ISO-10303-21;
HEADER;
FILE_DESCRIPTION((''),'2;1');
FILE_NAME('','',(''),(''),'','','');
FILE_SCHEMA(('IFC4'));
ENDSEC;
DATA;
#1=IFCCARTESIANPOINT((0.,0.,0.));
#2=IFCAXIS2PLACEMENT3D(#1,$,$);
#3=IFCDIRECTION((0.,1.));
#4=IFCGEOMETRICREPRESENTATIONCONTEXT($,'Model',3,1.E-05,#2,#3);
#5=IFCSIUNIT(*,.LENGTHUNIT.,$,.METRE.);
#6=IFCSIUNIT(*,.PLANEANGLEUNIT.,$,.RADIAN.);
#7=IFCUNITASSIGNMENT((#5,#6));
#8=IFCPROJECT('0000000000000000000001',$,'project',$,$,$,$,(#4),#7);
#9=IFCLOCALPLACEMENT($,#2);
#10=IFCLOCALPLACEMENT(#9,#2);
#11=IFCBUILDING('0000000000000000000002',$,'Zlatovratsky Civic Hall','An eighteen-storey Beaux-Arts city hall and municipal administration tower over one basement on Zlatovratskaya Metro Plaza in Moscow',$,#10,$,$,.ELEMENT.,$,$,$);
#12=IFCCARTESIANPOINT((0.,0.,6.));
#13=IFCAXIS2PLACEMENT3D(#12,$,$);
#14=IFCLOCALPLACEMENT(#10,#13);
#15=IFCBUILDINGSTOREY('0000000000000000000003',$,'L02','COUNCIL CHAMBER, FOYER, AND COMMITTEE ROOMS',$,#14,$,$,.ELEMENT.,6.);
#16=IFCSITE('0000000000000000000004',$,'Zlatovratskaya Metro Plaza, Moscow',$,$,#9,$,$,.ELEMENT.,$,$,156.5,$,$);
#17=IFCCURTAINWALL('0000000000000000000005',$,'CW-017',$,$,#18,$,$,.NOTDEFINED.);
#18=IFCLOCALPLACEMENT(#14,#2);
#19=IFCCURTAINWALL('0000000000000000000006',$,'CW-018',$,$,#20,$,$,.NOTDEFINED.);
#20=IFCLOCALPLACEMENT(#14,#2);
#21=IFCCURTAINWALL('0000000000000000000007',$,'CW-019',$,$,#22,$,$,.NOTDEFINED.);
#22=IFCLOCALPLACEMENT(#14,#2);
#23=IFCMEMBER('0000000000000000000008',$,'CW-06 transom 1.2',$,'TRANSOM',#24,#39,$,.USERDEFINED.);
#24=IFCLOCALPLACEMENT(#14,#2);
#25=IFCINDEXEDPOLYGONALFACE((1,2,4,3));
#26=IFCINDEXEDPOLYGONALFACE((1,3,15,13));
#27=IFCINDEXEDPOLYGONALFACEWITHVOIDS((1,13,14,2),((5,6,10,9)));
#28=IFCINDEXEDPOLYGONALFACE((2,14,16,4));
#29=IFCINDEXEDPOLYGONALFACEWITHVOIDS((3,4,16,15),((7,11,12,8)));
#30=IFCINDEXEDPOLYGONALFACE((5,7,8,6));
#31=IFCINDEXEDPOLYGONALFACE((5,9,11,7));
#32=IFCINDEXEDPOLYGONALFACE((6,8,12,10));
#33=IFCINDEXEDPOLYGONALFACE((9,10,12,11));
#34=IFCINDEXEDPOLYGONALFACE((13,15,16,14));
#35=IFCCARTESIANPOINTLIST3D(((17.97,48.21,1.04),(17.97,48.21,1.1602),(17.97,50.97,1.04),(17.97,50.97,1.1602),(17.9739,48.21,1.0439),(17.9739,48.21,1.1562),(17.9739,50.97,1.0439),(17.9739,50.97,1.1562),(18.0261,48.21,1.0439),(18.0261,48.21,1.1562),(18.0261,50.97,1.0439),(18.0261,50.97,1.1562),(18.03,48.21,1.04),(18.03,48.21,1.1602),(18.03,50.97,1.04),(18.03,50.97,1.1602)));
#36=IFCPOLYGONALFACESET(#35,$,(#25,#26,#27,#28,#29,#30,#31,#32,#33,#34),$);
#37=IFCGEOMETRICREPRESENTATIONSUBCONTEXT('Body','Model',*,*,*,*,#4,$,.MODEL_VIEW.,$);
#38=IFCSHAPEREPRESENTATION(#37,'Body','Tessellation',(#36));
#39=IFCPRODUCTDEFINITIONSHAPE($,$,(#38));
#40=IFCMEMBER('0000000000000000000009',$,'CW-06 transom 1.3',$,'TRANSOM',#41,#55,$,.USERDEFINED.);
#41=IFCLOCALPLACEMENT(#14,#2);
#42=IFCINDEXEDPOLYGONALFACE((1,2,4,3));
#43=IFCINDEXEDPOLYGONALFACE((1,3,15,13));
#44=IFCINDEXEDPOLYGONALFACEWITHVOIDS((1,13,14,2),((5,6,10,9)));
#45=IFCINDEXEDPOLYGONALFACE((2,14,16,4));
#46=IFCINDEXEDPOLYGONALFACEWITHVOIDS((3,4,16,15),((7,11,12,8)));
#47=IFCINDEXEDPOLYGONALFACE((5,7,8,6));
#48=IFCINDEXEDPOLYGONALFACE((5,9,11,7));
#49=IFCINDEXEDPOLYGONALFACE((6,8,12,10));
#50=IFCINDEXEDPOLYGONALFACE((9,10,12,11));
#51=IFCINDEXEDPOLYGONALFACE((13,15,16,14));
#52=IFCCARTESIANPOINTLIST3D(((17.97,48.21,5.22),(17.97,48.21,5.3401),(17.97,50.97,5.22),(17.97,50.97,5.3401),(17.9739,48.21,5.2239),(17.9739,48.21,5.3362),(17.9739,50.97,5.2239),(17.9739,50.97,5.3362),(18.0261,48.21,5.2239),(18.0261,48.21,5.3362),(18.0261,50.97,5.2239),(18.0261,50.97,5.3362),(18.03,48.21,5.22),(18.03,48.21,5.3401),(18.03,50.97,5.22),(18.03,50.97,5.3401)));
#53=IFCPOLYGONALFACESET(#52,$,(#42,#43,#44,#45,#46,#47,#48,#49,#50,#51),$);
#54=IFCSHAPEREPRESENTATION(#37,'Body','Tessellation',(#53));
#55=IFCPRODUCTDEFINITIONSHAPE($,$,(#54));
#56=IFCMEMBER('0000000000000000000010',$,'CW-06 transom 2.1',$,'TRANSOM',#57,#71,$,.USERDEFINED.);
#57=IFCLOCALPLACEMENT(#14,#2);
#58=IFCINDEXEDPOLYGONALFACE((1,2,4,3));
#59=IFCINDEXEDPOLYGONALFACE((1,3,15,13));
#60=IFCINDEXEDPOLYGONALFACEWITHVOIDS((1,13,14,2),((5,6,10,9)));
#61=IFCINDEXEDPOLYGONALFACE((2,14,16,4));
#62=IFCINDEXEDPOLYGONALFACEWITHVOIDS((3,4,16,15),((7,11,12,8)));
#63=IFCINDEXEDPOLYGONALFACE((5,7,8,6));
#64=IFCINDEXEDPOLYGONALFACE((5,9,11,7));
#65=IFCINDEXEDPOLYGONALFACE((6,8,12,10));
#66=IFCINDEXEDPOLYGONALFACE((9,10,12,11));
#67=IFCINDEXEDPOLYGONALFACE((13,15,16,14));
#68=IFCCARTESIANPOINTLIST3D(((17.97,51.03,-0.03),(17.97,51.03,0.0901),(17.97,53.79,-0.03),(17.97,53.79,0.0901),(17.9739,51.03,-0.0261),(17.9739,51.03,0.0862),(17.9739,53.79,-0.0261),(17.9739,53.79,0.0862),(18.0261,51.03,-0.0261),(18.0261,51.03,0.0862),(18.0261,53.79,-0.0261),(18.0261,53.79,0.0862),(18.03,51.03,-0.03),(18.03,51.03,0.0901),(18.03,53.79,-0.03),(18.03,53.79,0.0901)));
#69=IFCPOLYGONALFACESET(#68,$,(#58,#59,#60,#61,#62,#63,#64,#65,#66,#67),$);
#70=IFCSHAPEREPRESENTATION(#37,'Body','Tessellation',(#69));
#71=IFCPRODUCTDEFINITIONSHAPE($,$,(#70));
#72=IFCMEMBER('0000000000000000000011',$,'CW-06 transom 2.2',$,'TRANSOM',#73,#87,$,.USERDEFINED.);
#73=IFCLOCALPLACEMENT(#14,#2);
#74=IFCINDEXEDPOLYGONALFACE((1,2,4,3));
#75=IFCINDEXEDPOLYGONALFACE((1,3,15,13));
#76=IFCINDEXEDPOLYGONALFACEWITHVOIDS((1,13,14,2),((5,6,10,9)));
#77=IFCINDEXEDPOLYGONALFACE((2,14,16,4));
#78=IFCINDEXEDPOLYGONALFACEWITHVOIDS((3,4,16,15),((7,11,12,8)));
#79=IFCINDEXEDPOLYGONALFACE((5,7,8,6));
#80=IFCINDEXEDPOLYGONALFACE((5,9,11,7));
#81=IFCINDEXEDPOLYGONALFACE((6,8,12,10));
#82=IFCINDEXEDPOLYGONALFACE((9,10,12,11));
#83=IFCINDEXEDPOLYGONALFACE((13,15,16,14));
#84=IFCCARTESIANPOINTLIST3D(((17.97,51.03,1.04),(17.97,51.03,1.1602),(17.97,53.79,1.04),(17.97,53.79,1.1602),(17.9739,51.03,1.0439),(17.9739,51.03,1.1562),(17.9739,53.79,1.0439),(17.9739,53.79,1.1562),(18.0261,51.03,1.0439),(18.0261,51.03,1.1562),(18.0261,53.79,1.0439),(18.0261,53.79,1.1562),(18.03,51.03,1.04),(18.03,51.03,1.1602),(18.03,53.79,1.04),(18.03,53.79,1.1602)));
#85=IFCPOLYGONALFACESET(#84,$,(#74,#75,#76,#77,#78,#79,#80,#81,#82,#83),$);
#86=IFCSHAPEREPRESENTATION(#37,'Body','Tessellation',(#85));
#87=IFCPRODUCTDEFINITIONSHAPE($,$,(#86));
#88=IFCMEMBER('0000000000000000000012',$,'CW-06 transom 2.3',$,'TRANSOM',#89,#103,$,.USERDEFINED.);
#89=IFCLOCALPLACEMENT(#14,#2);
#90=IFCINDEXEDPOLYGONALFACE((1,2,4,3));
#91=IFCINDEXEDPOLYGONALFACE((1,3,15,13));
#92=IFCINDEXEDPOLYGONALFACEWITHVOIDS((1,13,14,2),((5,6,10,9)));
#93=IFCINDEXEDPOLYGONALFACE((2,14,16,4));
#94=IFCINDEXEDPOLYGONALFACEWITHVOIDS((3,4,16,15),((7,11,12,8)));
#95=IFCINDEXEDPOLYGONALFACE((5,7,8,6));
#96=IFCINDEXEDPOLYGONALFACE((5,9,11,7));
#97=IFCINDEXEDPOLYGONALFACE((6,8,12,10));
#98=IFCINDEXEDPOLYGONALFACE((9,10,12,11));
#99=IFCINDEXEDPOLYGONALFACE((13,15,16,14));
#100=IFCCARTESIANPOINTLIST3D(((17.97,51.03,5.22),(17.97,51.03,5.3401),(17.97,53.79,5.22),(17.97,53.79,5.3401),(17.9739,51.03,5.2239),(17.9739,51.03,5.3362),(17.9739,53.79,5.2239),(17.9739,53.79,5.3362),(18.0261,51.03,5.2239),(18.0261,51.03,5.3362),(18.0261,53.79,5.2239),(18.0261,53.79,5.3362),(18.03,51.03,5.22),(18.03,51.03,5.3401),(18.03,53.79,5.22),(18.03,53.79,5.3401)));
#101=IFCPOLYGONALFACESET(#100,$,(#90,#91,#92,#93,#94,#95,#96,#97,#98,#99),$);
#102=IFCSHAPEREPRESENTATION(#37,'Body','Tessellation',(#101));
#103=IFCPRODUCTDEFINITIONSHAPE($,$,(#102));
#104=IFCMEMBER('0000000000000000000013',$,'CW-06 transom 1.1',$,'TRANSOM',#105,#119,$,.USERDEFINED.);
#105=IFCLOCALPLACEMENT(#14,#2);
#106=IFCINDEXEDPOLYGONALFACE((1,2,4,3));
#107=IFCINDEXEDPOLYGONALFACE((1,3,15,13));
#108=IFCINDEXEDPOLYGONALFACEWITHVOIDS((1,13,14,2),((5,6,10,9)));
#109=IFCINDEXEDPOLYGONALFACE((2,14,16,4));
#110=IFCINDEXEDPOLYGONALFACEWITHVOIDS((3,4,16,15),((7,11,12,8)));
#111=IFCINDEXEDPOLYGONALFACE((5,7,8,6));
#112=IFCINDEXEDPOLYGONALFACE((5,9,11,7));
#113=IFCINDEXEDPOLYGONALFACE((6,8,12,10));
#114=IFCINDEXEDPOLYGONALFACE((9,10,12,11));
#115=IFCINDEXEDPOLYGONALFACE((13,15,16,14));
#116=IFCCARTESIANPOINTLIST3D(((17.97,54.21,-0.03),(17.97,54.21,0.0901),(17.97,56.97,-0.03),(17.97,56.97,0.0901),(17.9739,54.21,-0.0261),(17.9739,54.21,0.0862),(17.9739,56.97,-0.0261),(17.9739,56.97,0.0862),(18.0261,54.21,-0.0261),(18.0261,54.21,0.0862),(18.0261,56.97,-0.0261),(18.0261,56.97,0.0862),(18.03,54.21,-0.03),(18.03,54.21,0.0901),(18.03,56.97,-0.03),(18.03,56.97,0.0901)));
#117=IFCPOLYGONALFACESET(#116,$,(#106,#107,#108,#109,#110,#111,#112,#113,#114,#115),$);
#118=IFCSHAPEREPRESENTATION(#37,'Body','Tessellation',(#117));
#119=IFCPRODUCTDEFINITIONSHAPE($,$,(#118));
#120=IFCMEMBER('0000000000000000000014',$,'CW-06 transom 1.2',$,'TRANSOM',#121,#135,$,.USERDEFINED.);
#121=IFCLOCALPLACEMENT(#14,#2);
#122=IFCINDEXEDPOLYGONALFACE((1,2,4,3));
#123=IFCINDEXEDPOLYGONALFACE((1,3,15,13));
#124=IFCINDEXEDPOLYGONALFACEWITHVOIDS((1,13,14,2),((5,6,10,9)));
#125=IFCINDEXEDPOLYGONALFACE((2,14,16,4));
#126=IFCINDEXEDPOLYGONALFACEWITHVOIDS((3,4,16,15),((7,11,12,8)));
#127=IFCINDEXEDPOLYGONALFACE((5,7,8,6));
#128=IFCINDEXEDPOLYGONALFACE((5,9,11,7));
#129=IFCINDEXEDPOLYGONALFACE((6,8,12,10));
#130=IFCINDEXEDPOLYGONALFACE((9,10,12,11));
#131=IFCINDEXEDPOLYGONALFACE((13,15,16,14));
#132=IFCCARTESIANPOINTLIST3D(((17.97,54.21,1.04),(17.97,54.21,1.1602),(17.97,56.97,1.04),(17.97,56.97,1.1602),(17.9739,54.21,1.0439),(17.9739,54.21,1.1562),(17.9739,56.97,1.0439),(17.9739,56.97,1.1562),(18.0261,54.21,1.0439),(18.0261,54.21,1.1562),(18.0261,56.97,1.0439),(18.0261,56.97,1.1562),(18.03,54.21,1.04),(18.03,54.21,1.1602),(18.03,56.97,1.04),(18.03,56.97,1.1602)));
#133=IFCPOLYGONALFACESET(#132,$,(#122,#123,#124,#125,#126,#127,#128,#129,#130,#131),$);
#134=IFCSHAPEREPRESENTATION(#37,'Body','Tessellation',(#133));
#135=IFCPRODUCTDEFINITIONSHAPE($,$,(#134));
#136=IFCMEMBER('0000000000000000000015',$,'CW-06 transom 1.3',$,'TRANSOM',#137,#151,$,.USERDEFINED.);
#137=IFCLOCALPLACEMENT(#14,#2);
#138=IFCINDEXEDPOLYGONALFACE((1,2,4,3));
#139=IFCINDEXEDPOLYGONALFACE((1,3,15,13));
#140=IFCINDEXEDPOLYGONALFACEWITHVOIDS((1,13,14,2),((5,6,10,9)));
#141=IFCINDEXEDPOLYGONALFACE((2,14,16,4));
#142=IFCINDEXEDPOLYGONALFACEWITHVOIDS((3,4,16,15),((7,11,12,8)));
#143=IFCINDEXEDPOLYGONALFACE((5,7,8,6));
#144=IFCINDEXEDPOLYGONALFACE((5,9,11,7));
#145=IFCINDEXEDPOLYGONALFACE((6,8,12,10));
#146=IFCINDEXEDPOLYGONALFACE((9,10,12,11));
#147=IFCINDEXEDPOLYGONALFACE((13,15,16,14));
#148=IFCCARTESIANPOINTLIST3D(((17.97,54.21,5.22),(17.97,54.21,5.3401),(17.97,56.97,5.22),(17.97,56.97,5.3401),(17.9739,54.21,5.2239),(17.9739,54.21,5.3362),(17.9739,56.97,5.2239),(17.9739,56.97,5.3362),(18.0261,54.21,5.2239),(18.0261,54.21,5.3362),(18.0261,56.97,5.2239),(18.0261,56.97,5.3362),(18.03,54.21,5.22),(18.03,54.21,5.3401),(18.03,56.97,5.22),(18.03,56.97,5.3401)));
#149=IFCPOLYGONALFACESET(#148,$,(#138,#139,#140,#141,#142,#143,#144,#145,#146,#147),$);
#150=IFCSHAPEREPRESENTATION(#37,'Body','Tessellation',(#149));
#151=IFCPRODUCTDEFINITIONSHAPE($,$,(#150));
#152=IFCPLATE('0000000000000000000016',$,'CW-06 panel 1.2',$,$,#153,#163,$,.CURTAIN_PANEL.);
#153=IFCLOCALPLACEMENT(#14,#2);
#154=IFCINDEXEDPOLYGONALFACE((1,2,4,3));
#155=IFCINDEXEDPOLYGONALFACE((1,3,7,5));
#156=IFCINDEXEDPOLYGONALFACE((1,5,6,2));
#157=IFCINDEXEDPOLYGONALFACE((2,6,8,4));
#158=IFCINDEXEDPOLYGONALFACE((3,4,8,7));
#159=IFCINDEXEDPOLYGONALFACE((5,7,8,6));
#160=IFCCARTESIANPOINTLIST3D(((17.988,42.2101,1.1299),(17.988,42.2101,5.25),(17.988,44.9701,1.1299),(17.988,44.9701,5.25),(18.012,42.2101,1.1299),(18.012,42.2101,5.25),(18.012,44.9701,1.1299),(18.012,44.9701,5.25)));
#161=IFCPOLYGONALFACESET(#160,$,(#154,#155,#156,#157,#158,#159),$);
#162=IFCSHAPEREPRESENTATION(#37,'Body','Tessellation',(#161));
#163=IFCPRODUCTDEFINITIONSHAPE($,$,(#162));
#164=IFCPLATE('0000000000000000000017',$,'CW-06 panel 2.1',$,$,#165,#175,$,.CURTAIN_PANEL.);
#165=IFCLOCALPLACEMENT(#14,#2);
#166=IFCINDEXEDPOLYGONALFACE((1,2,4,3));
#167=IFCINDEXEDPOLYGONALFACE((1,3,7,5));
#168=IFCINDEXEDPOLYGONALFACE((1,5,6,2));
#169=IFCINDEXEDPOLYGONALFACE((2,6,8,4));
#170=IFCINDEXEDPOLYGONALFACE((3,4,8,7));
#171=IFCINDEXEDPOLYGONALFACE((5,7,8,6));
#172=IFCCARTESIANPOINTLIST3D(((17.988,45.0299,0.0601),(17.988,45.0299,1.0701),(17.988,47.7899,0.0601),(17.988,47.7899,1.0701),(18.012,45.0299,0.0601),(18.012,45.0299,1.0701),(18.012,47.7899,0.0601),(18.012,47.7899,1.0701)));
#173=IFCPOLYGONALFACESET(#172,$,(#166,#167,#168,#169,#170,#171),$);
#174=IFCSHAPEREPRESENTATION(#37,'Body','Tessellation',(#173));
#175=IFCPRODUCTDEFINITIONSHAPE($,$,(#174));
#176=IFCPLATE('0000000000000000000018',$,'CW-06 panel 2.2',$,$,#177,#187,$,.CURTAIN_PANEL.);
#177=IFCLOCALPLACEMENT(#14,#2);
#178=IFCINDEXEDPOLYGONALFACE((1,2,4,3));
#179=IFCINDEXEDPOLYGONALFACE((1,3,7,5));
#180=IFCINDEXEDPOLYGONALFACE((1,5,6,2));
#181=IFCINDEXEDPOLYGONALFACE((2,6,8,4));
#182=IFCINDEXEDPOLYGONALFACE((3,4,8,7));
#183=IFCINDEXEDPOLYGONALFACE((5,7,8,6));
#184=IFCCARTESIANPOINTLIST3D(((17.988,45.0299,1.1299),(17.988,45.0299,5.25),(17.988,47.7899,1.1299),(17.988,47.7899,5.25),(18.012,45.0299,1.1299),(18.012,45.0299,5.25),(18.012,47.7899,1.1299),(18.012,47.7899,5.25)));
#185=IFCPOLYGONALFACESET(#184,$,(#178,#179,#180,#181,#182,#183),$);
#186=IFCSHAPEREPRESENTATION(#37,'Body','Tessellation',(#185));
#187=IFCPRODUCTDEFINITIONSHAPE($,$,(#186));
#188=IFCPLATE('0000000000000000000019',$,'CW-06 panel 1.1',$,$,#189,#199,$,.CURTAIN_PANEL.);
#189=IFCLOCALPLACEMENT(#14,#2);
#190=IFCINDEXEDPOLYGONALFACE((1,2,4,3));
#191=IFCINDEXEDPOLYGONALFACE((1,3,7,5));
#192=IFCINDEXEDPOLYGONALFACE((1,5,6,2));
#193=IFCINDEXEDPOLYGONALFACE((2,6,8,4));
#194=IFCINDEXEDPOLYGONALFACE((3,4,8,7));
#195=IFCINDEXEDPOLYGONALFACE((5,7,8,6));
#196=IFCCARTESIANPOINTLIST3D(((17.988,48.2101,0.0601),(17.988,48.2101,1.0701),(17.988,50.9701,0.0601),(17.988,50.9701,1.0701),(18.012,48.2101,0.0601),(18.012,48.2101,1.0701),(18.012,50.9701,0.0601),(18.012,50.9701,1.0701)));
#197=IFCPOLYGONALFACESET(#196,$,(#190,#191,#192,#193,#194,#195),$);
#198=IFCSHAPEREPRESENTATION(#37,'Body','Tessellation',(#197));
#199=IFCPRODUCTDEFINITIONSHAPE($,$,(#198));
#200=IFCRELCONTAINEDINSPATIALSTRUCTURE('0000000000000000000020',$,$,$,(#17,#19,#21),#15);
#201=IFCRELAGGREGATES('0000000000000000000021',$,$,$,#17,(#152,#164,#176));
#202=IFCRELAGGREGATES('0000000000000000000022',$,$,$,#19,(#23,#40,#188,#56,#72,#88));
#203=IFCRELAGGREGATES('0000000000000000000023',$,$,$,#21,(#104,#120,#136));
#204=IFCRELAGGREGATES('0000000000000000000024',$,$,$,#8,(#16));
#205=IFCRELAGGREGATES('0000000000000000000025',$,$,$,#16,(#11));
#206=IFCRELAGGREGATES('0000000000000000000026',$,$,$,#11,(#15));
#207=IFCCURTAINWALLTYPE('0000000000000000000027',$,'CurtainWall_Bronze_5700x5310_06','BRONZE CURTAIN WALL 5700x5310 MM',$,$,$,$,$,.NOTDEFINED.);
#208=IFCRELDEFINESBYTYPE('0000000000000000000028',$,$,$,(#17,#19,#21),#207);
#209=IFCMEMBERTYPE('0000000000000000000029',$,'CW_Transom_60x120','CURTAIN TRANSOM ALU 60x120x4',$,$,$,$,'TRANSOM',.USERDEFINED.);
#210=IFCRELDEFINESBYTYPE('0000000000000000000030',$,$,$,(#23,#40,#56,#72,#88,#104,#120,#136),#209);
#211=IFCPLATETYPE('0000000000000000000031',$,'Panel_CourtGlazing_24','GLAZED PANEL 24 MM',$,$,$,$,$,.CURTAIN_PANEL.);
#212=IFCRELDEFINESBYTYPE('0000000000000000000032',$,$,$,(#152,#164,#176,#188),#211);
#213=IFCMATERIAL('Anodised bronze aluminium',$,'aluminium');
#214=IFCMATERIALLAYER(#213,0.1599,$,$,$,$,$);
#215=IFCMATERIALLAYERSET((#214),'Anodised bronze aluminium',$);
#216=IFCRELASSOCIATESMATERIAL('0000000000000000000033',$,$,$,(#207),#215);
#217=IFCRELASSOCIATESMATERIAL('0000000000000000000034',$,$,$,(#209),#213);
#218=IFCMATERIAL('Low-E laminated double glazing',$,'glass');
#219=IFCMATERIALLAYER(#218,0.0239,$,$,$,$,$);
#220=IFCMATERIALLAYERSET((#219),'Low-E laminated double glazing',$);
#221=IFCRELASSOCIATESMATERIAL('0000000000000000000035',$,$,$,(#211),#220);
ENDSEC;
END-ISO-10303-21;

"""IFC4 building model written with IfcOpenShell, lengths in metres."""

from ifc_helpers import new_model, si_unit, direction, frame, origin, origin_2d, place, context, subcontext, project, spatial, rectangle, hollow_rectangle, extrude, material, layer, layer_set, material_profile, profile_set, type_object, element, aggregate, save


model = new_model("IFC4")

# Units and contexts
model_context = context("Model", 3, precision=1e-05, world=origin(), true_north=direction((0.0, 1.0)))
body_context = subcontext(model_context, "Body", "Model", "MODEL_VIEW")
ifc_project = project(units=[si_unit("LENGTHUNIT", "METRE"), si_unit("PLANEANGLEUNIT", "RADIAN")], contexts=[model_context])

# Site, building, storey
site_placement = place(None, origin())
site = spatial("IfcSite", under=ifc_project, at=site_placement, Name="Zlatovratskaya Metro Plaza, Moscow", CompositionType="ELEMENT", RefElevation=156.5)
building_placement = place(site_placement, origin())
building = spatial("IfcBuilding", under=site, at=building_placement, Name="Zlatovratsky Civic Hall", Description="An eighteen-storey Beaux-Arts city hall and municipal administration tower over one basement on Zlatovratskaya Metro Plaza in Moscow", CompositionType="ELEMENT")
storey_placement = place(building_placement, frame((0.0, 0.0, 6.0)))
storey = spatial("IfcBuildingStorey", under=building, at=storey_placement, Name="L02", Description="COUNCIL CHAMBER, FOYER, AND COMMITTEE ROOMS", CompositionType="ELEMENT", Elevation=6.0)

# Curtain walls
ifc_material_1 = material(Name="Anodised bronze aluminium", Category="aluminium")
ifc_layer_1 = layer(ifc_material_1, 0.1599)
ifc_layer_set_1 = layer_set([ifc_layer_1], Name="Anodised bronze aluminium")
curtain_wall_type = type_object("IfcCurtainWallType", Name="CurtainWall_Bronze_5700x5310_06", Description="BRONZE CURTAIN WALL 5700x5310 MM", PredefinedType="NOTDEFINED", material=ifc_layer_set_1)
curtain_wall_1_placement = place(storey_placement, origin())
curtain_wall_1 = element("IfcCurtainWall", 1, at=curtain_wall_1_placement, inside=storey, type_object=curtain_wall_type, Name="CW-017", PredefinedType="NOTDEFINED")
curtain_wall_2_placement = place(storey_placement, origin())
curtain_wall_2 = element("IfcCurtainWall", 2, at=curtain_wall_2_placement, inside=storey, type_object=curtain_wall_type, Name="CW-018", PredefinedType="NOTDEFINED")
curtain_wall_3_placement = place(storey_placement, origin())
curtain_wall_3 = element("IfcCurtainWall", 3, at=curtain_wall_3_placement, inside=storey, type_object=curtain_wall_type, Name="CW-019", PredefinedType="NOTDEFINED")

# Members
ifc_material_profile_1 = material_profile(ifc_material_1, hollow_rectangle(XDim=0.0601, YDim=0.1201, WallThickness=0.0039, at=origin_2d()), Name="ALU 60x120x4")
ifc_profile_set_1 = profile_set([ifc_material_profile_1], Name="Anodised bronze aluminium")
member_type_1 = type_object("IfcMemberType", Name="CW_Transom_60x120", Description="CURTAIN TRANSOM ALU 60x120x4", ElementType="TRANSOM", PredefinedType="USERDEFINED", material=ifc_profile_set_1)
member_1_placement = place(storey_placement, frame((18.0, 48.21, 1.1001), z_axis=(0.0, 1.0, 0.0), x_axis=(-1.0, 0.0, 0.0)))
member_1 = element("IfcMember", 4, at=member_1_placement, type_object=member_type_1, Name="CW-06 transom 1.2", ObjectType="TRANSOM", PredefinedType="USERDEFINED", context=body_context, shape_type="SweptSolid", body=[
    extrude(hollow_rectangle(XDim=0.0601, YDim=0.1201, WallThickness=0.0039, at=origin_2d()), origin(), (0.0, 0.0, 1.0), 2.76),
])
member_2_placement = place(storey_placement, frame((18.0, 48.21, 5.28), z_axis=(0.0, 1.0, 0.0), x_axis=(-1.0, 0.0, 0.0)))
member_2 = element("IfcMember", 5, at=member_2_placement, type_object=member_type_1, Name="CW-06 transom 1.3", ObjectType="TRANSOM", PredefinedType="USERDEFINED", context=body_context, shape_type="SweptSolid", body=[
    extrude(hollow_rectangle(XDim=0.0601, YDim=0.1201, WallThickness=0.0039, at=origin_2d()), origin(), (0.0, 0.0, 1.0), 2.76),
])
member_3_placement = place(storey_placement, frame((18.0, 51.03, 0.03), z_axis=(0.0, 1.0, 0.0), x_axis=(-1.0, 0.0, 0.0)))
member_3 = element("IfcMember", 6, at=member_3_placement, type_object=member_type_1, Name="CW-06 transom 2.1", ObjectType="TRANSOM", PredefinedType="USERDEFINED", context=body_context, shape_type="SweptSolid", body=[
    extrude(hollow_rectangle(XDim=0.0601, YDim=0.1201, WallThickness=0.0039, at=origin_2d()), origin(), (0.0, 0.0, 1.0), 2.76),
])
member_4_placement = place(storey_placement, frame((18.0, 51.03, 1.1001), z_axis=(0.0, 1.0, 0.0), x_axis=(-1.0, 0.0, 0.0)))
member_4 = element("IfcMember", 7, at=member_4_placement, type_object=member_type_1, Name="CW-06 transom 2.2", ObjectType="TRANSOM", PredefinedType="USERDEFINED", context=body_context, shape_type="SweptSolid", body=[
    extrude(hollow_rectangle(XDim=0.0601, YDim=0.1201, WallThickness=0.0039, at=origin_2d()), origin(), (0.0, 0.0, 1.0), 2.76),
])
member_5_placement = place(storey_placement, frame((18.0, 51.03, 5.28), z_axis=(0.0, 1.0, 0.0), x_axis=(-1.0, 0.0, 0.0)))
member_5 = element("IfcMember", 8, at=member_5_placement, type_object=member_type_1, Name="CW-06 transom 2.3", ObjectType="TRANSOM", PredefinedType="USERDEFINED", context=body_context, shape_type="SweptSolid", body=[
    extrude(hollow_rectangle(XDim=0.0601, YDim=0.1201, WallThickness=0.0039, at=origin_2d()), origin(), (0.0, 0.0, 1.0), 2.76),
])
member_6_placement = place(storey_placement, frame((18.0, 54.21, 0.03), z_axis=(0.0, 1.0, 0.0), x_axis=(-1.0, 0.0, 0.0)))
member_6 = element("IfcMember", 9, at=member_6_placement, type_object=member_type_1, Name="CW-06 transom 1.1", ObjectType="TRANSOM", PredefinedType="USERDEFINED", context=body_context, shape_type="SweptSolid", body=[
    extrude(hollow_rectangle(XDim=0.0601, YDim=0.1201, WallThickness=0.0039, at=origin_2d()), origin(), (0.0, 0.0, 1.0), 2.76),
])
member_7_placement = place(storey_placement, frame((18.0, 54.21, 1.1001), z_axis=(0.0, 1.0, 0.0), x_axis=(-1.0, 0.0, 0.0)))
member_7 = element("IfcMember", 10, at=member_7_placement, type_object=member_type_1, Name="CW-06 transom 1.2", ObjectType="TRANSOM", PredefinedType="USERDEFINED", context=body_context, shape_type="SweptSolid", body=[
    extrude(hollow_rectangle(XDim=0.0601, YDim=0.1201, WallThickness=0.0039, at=origin_2d()), origin(), (0.0, 0.0, 1.0), 2.76),
])
member_8_placement = place(storey_placement, frame((18.0, 54.21, 5.28), z_axis=(0.0, 1.0, 0.0), x_axis=(-1.0, 0.0, 0.0)))
member_8 = element("IfcMember", 11, at=member_8_placement, type_object=member_type_1, Name="CW-06 transom 1.3", ObjectType="TRANSOM", PredefinedType="USERDEFINED", context=body_context, shape_type="SweptSolid", body=[
    extrude(hollow_rectangle(XDim=0.0601, YDim=0.1201, WallThickness=0.0039, at=origin_2d()), origin(), (0.0, 0.0, 1.0), 2.76),
])

# Plates
ifc_material_2 = material(Name="Low-E laminated double glazing", Category="glass")
ifc_layer_2 = layer(ifc_material_2, 0.0239)
ifc_layer_set_2 = layer_set([ifc_layer_2], Name="Low-E laminated double glazing")
plate_type = type_object("IfcPlateType", Name="Panel_CourtGlazing_24", Description="GLAZED PANEL 24 MM", PredefinedType="CURTAIN_PANEL", material=ifc_layer_set_2)
plate_1_placement = place(storey_placement, frame((18.0, 43.5901, 1.1299), z_axis=(0.0, 0.0, 1.0), x_axis=(0.0, 1.0, 0.0)))
plate_1 = element("IfcPlate", 12, at=plate_1_placement, type_object=plate_type, Name="CW-06 panel 1.2", PredefinedType="CURTAIN_PANEL", context=body_context, shape_type="SweptSolid", body=[
    extrude(rectangle(XDim=2.76, YDim=0.0239, at=origin_2d()), origin(), (0.0, 0.0, 1.0), 4.1201),
])
plate_2_placement = place(storey_placement, frame((18.0, 46.4099, 0.0601), z_axis=(0.0, 0.0, 1.0), x_axis=(0.0, 1.0, 0.0)))
plate_2 = element("IfcPlate", 13, at=plate_2_placement, type_object=plate_type, Name="CW-06 panel 2.1", PredefinedType="CURTAIN_PANEL", context=body_context, shape_type="SweptSolid", body=[
    extrude(rectangle(XDim=2.76, YDim=0.0239, at=origin_2d()), origin(), (0.0, 0.0, 1.0), 1.01),
])
plate_3_placement = place(storey_placement, frame((18.0, 46.4099, 1.1299), z_axis=(0.0, 0.0, 1.0), x_axis=(0.0, 1.0, 0.0)))
plate_3 = element("IfcPlate", 14, at=plate_3_placement, type_object=plate_type, Name="CW-06 panel 2.2", PredefinedType="CURTAIN_PANEL", context=body_context, shape_type="SweptSolid", body=[
    extrude(rectangle(XDim=2.76, YDim=0.0239, at=origin_2d()), origin(), (0.0, 0.0, 1.0), 4.1201),
])
aggregate(curtain_wall_1, [plate_1, plate_2, plate_3])
plate_4_placement = place(storey_placement, frame((18.0, 49.5901, 0.0601), z_axis=(0.0, 0.0, 1.0), x_axis=(0.0, 1.0, 0.0)))
plate_4 = element("IfcPlate", 15, at=plate_4_placement, type_object=plate_type, Name="CW-06 panel 1.1", PredefinedType="CURTAIN_PANEL", context=body_context, shape_type="SweptSolid", body=[
    extrude(rectangle(XDim=2.76, YDim=0.0239, at=origin_2d()), origin(), (0.0, 0.0, 1.0), 1.01),
])
aggregate(curtain_wall_2, [member_1, member_2, plate_4, member_3, member_4, member_5])
aggregate(curtain_wall_3, [member_6, member_7, member_8])

save(model, "model.ifc")
